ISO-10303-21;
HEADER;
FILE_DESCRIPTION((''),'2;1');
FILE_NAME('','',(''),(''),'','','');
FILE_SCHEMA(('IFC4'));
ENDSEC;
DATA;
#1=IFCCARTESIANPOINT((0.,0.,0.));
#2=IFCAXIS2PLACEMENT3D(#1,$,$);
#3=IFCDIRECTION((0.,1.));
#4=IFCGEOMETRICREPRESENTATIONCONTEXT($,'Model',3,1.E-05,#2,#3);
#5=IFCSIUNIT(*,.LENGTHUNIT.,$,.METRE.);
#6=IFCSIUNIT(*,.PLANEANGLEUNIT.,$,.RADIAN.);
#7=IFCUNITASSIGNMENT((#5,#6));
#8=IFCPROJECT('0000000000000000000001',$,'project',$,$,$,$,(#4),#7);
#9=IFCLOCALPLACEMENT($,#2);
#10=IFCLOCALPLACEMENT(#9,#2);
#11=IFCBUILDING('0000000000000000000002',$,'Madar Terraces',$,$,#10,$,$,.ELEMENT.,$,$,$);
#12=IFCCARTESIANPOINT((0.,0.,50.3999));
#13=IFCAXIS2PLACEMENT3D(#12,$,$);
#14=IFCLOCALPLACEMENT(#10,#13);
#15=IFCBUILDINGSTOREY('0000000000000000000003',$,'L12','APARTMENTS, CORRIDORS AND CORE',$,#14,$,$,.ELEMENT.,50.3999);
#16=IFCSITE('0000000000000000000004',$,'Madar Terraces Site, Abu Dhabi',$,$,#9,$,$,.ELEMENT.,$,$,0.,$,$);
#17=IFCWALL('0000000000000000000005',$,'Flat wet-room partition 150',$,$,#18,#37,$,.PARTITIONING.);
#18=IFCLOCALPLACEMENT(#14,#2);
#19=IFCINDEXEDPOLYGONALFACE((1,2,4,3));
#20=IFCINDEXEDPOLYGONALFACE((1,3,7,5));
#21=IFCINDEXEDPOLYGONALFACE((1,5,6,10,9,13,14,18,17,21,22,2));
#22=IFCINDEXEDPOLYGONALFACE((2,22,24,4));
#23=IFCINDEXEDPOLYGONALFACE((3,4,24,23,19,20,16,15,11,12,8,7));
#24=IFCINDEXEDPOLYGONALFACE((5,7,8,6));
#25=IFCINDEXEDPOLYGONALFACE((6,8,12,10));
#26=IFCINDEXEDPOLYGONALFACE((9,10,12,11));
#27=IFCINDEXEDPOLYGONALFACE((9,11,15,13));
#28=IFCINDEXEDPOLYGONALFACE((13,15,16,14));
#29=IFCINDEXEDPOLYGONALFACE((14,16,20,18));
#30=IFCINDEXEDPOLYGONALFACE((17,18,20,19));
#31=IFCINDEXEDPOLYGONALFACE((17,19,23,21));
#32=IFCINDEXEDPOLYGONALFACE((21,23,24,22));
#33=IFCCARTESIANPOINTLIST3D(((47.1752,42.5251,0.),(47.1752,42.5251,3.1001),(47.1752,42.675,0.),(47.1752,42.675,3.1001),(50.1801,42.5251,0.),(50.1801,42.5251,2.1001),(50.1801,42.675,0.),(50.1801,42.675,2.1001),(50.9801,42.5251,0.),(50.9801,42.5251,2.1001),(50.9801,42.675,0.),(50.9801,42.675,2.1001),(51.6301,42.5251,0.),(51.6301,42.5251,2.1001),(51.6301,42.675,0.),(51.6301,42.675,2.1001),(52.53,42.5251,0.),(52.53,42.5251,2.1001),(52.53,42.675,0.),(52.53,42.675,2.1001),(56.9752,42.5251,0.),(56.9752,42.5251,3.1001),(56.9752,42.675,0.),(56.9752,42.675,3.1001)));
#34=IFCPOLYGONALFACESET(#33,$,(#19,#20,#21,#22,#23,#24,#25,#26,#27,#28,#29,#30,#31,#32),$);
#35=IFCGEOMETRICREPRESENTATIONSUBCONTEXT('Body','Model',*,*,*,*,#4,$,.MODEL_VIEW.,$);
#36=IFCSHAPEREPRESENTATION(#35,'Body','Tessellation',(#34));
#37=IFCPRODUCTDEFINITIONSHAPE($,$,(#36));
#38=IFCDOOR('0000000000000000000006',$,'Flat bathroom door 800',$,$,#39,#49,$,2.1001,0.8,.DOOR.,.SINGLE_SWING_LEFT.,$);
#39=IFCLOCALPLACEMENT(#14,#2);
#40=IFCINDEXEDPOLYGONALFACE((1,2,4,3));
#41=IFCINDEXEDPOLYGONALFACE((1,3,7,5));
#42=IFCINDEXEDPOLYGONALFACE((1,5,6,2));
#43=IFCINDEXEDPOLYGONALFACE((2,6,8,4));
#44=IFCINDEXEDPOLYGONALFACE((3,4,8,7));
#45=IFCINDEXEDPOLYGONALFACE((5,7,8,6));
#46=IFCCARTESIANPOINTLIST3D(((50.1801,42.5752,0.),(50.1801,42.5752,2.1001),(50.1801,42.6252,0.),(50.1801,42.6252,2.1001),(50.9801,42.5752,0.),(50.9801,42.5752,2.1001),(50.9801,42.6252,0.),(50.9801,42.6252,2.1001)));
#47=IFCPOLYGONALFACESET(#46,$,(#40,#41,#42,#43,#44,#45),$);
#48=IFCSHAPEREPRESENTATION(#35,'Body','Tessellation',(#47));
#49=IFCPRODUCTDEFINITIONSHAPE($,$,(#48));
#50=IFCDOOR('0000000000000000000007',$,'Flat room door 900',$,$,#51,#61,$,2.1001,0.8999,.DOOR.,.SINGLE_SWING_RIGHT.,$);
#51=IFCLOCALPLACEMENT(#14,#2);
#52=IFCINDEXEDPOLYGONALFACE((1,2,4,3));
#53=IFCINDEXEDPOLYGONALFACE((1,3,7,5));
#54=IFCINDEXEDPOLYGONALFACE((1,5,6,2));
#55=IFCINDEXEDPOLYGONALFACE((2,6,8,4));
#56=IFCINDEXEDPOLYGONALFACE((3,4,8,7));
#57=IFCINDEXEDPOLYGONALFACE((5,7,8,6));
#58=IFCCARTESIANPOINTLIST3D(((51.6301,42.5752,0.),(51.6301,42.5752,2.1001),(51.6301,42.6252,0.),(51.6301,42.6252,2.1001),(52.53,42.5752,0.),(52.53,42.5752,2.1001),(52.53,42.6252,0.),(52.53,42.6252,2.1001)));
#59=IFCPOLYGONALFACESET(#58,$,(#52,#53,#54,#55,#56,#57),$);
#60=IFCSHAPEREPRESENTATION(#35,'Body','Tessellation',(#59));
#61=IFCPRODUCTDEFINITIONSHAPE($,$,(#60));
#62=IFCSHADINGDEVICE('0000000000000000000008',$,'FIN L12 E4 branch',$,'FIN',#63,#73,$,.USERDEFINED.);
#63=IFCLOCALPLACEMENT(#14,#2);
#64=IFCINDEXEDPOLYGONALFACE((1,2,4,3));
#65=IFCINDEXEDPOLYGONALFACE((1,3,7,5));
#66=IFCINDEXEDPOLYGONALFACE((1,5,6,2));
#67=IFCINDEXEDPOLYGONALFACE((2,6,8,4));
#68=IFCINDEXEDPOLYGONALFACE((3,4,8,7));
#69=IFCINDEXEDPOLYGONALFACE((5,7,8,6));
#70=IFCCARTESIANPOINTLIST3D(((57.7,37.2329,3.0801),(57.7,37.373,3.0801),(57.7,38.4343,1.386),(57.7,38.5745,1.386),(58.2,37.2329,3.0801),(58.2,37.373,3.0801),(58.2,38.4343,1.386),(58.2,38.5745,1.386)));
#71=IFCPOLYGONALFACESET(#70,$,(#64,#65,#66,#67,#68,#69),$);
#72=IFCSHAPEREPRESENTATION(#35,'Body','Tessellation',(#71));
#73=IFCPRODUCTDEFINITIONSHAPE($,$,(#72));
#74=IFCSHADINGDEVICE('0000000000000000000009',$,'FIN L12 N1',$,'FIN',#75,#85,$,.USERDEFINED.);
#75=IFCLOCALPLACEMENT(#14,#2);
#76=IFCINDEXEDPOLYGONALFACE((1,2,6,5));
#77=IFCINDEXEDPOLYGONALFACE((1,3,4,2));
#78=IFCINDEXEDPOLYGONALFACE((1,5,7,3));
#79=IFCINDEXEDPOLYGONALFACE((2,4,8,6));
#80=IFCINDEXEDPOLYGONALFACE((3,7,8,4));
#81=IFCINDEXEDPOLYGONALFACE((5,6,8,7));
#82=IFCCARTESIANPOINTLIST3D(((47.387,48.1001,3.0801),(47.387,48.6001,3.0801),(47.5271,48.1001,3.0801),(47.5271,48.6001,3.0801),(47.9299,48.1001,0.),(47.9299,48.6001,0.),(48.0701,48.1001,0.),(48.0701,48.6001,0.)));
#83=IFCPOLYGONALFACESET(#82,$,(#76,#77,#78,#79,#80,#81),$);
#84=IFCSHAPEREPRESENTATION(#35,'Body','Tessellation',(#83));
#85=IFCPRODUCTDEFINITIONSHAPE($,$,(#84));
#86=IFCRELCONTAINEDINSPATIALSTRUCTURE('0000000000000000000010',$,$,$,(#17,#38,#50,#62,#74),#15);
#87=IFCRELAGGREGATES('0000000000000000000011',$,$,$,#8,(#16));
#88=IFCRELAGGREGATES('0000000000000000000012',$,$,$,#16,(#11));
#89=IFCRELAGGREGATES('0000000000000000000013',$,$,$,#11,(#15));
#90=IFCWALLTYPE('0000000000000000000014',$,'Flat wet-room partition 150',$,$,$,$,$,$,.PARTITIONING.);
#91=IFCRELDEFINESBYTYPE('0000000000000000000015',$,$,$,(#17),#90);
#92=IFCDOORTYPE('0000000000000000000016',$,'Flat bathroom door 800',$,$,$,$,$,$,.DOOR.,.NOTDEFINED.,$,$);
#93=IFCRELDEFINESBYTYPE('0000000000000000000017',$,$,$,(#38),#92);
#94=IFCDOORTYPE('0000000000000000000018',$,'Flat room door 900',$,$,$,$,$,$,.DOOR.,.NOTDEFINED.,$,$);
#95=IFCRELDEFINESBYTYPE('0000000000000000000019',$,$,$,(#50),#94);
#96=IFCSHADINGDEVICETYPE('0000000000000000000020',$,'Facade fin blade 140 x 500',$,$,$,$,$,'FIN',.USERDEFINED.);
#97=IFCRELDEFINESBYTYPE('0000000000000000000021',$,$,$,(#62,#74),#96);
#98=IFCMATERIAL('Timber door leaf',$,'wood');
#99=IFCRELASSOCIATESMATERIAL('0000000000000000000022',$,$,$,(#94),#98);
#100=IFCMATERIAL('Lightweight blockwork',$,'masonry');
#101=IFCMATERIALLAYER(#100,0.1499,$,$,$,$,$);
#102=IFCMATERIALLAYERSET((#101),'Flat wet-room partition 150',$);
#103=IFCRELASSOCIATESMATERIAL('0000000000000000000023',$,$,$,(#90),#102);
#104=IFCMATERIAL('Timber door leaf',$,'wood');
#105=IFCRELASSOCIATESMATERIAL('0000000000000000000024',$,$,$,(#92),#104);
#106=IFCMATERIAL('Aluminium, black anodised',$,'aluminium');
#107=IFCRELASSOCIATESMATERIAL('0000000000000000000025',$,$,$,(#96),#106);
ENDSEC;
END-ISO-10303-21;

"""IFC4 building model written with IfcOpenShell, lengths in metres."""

from ifc_helpers import new_model, si_unit, direction, frame, frame_2d, origin, place, context, subcontext, project, spatial, polyline, rectangle, outline, extrude, material, layer, layer_set, type_object, element, fill, save


model = new_model("IFC4")

# Units and contexts
model_context = context("Model", 3, precision=1e-05, world=origin(), true_north=direction((0.0, 1.0)))
body_context = subcontext(model_context, "Body", "Model", "MODEL_VIEW")
ifc_project = project(units=[si_unit("LENGTHUNIT", "METRE"), si_unit("PLANEANGLEUNIT", "RADIAN")], contexts=[model_context])

# Site, building, storey
site_placement = place(None, origin())
site = spatial("IfcSite", under=ifc_project, at=site_placement, Name="Madar Terraces Site, Abu Dhabi", CompositionType="ELEMENT", RefElevation=0.0)
building_placement = place(site_placement, origin())
building = spatial("IfcBuilding", under=site, at=building_placement, Name="Madar Terraces", CompositionType="ELEMENT")
storey_placement = place(building_placement, frame((0.0, 0.0, 50.3999)))
storey = spatial("IfcBuildingStorey", under=building, at=storey_placement, Name="L12", Description="APARTMENTS, CORRIDORS AND CORE", CompositionType="ELEMENT", Elevation=50.3999)

# Shared definitions
ifc_material_1 = material(Name="Timber door leaf", Category="wood")
door_type_1 = type_object("IfcDoorType", Name="Flat room door 900", OperationType="NOTDEFINED", PredefinedType="DOOR", material=ifc_material_1)

# Shared definitions
ifc_material_2 = material(Name="Lightweight blockwork", Category="masonry")
ifc_layer_1 = layer(ifc_material_2, 0.1499)
ifc_layer_set_1 = layer_set([ifc_layer_1], Name="Flat wet-room partition 150")
wall_type_1 = type_object("IfcWallType", Name="Flat wet-room partition 150", PredefinedType="PARTITIONING", material=ifc_layer_set_1)

# Wall, openings, doors
wall_1_placement = place(storey_placement, frame((56.9751, 42.6001, 0.0), z_axis=(0.0, 0.0, 1.0), x_axis=(-1.0, 0.0, 0.0)))
wall_1 = element("IfcWall", 1, at=wall_1_placement, inside=storey, type_object=wall_type_1, Name="Flat wet-room partition 150", PredefinedType="PARTITIONING", context=body_context, shape_type="SweptSolid", body=[
    extrude(rectangle(XDim=9.8, YDim=0.1499, at=frame_2d((4.8999, 0.0))), origin(), (0.0, 0.0, 1.0), 3.1001),
])
opening_1_placement = place(wall_1_placement, frame((5.9951, 0.0, 0.0)))
opening_1 = element("IfcOpeningElement", 2, at=opening_1_placement, cuts=wall_1, PredefinedType="OPENING", context=body_context, shape_type="SweptSolid", body=[
    extrude(rectangle(XDim=0.8, YDim=2.1001, at=frame_2d((0.3999, 1.05))), frame((0.0, 0.085, 0.0), z_axis=(0.0, -1.0, 0.0), x_axis=(1.0, 0.0, 0.0)), (0.0, 0.0, 1.0), 0.1699),
])
opening_2_placement = place(wall_1_placement, frame((4.4451, 0.0, 0.0)))
opening_2 = element("IfcOpeningElement", 3, at=opening_2_placement, cuts=wall_1, PredefinedType="OPENING", context=body_context, shape_type="SweptSolid", body=[
    extrude(rectangle(XDim=0.8999, YDim=2.1001, at=frame_2d((0.45, 1.05))), frame((0.0, 0.085, 0.0), z_axis=(0.0, -1.0, 0.0), x_axis=(1.0, 0.0, 0.0)), (0.0, 0.0, 1.0), 0.1699),
])
ifc_material_3 = material(Name="Timber door leaf", Category="wood")
door_type_2 = type_object("IfcDoorType", Name="Flat bathroom door 800", OperationType="NOTDEFINED", PredefinedType="DOOR", material=ifc_material_3)
door_1_placement = place(opening_1_placement, origin())
door_1 = element("IfcDoor", 4, at=door_1_placement, inside=storey, type_object=door_type_2, Name="Flat bathroom door 800", OperationType="SINGLE_SWING_LEFT", OverallHeight=2.1001, OverallWidth=0.8, PredefinedType="DOOR", context=body_context, shape_type="SweptSolid", body=[
    extrude(rectangle(XDim=0.8, YDim=2.1001, at=frame_2d((0.3999, 1.05))), frame((0.0, 0.0249, 0.0), z_axis=(0.0, -1.0, 0.0), x_axis=(1.0, 0.0, 0.0)), (0.0, 0.0, 1.0), 0.05),
])
fill(opening_1, door_1)
door_2_placement = place(opening_2_placement, origin())
door_2 = element("IfcDoor", 5, at=door_2_placement, inside=storey, type_object=door_type_1, Name="Flat room door 900", OperationType="SINGLE_SWING_RIGHT", OverallHeight=2.1001, OverallWidth=0.8999, PredefinedType="DOOR", context=body_context, shape_type="SweptSolid", body=[
    extrude(rectangle(XDim=0.8999, YDim=2.1001, at=frame_2d((0.45, 1.05))), frame((0.0, 0.0249, 0.0), z_axis=(0.0, -1.0, 0.0), x_axis=(1.0, 0.0, 0.0)), (0.0, 0.0, 1.0), 0.05),
])
fill(opening_2, door_2)

# Shading devices
ifc_material_4 = material(Name="Aluminium, black anodised", Category="aluminium")
shading_device_type = type_object("IfcShadingDeviceType", Name="Facade fin blade 140 x 500", ElementType="FIN", PredefinedType="USERDEFINED", material=ifc_material_4)
shading_device_1_placement = place(storey_placement, frame((57.95, 38.4343, 1.386), z_axis=(0.0, 0.0, 1.0), x_axis=(0.0, 1.0, 0.0)))
element("IfcShadingDevice", 6, at=shading_device_1_placement, inside=storey, type_object=shading_device_type, Name="FIN L12 E4 branch", ObjectType="FIN", PredefinedType="USERDEFINED", context=body_context, shape_type="SweptSolid", body=[
    extrude(outline(polyline([(0.0, 0.0), (0.1401, 0.0), (-1.0613, 1.6941), (-1.2014, 1.6941), (0.0, 0.0)])), frame((0.0, 0.25, 0.0), z_axis=(0.0, -1.0, 0.0), x_axis=(1.0, 0.0, 0.0)), (0.0, 0.0, 1.0), 0.5),
])
shading_device_2_placement = place(storey_placement, frame((48.0701, 48.3501, 0.0), z_axis=(0.0, 0.0, 1.0), x_axis=(-1.0, 0.0, 0.0)))
element("IfcShadingDevice", 7, at=shading_device_2_placement, inside=storey, type_object=shading_device_type, Name="FIN L12 N1", ObjectType="FIN", PredefinedType="USERDEFINED", context=body_context, shape_type="SweptSolid", body=[
    extrude(outline(polyline([(0.0, 0.0), (0.1401, 0.0), (0.6831, 3.0801), (0.543, 3.0801), (0.0, 0.0)])), frame((0.0, 0.25, 0.0), z_axis=(0.0, -1.0, 0.0), x_axis=(1.0, 0.0, 0.0)), (0.0, 0.0, 1.0), 0.5),
])

save(model, "model.ifc")
